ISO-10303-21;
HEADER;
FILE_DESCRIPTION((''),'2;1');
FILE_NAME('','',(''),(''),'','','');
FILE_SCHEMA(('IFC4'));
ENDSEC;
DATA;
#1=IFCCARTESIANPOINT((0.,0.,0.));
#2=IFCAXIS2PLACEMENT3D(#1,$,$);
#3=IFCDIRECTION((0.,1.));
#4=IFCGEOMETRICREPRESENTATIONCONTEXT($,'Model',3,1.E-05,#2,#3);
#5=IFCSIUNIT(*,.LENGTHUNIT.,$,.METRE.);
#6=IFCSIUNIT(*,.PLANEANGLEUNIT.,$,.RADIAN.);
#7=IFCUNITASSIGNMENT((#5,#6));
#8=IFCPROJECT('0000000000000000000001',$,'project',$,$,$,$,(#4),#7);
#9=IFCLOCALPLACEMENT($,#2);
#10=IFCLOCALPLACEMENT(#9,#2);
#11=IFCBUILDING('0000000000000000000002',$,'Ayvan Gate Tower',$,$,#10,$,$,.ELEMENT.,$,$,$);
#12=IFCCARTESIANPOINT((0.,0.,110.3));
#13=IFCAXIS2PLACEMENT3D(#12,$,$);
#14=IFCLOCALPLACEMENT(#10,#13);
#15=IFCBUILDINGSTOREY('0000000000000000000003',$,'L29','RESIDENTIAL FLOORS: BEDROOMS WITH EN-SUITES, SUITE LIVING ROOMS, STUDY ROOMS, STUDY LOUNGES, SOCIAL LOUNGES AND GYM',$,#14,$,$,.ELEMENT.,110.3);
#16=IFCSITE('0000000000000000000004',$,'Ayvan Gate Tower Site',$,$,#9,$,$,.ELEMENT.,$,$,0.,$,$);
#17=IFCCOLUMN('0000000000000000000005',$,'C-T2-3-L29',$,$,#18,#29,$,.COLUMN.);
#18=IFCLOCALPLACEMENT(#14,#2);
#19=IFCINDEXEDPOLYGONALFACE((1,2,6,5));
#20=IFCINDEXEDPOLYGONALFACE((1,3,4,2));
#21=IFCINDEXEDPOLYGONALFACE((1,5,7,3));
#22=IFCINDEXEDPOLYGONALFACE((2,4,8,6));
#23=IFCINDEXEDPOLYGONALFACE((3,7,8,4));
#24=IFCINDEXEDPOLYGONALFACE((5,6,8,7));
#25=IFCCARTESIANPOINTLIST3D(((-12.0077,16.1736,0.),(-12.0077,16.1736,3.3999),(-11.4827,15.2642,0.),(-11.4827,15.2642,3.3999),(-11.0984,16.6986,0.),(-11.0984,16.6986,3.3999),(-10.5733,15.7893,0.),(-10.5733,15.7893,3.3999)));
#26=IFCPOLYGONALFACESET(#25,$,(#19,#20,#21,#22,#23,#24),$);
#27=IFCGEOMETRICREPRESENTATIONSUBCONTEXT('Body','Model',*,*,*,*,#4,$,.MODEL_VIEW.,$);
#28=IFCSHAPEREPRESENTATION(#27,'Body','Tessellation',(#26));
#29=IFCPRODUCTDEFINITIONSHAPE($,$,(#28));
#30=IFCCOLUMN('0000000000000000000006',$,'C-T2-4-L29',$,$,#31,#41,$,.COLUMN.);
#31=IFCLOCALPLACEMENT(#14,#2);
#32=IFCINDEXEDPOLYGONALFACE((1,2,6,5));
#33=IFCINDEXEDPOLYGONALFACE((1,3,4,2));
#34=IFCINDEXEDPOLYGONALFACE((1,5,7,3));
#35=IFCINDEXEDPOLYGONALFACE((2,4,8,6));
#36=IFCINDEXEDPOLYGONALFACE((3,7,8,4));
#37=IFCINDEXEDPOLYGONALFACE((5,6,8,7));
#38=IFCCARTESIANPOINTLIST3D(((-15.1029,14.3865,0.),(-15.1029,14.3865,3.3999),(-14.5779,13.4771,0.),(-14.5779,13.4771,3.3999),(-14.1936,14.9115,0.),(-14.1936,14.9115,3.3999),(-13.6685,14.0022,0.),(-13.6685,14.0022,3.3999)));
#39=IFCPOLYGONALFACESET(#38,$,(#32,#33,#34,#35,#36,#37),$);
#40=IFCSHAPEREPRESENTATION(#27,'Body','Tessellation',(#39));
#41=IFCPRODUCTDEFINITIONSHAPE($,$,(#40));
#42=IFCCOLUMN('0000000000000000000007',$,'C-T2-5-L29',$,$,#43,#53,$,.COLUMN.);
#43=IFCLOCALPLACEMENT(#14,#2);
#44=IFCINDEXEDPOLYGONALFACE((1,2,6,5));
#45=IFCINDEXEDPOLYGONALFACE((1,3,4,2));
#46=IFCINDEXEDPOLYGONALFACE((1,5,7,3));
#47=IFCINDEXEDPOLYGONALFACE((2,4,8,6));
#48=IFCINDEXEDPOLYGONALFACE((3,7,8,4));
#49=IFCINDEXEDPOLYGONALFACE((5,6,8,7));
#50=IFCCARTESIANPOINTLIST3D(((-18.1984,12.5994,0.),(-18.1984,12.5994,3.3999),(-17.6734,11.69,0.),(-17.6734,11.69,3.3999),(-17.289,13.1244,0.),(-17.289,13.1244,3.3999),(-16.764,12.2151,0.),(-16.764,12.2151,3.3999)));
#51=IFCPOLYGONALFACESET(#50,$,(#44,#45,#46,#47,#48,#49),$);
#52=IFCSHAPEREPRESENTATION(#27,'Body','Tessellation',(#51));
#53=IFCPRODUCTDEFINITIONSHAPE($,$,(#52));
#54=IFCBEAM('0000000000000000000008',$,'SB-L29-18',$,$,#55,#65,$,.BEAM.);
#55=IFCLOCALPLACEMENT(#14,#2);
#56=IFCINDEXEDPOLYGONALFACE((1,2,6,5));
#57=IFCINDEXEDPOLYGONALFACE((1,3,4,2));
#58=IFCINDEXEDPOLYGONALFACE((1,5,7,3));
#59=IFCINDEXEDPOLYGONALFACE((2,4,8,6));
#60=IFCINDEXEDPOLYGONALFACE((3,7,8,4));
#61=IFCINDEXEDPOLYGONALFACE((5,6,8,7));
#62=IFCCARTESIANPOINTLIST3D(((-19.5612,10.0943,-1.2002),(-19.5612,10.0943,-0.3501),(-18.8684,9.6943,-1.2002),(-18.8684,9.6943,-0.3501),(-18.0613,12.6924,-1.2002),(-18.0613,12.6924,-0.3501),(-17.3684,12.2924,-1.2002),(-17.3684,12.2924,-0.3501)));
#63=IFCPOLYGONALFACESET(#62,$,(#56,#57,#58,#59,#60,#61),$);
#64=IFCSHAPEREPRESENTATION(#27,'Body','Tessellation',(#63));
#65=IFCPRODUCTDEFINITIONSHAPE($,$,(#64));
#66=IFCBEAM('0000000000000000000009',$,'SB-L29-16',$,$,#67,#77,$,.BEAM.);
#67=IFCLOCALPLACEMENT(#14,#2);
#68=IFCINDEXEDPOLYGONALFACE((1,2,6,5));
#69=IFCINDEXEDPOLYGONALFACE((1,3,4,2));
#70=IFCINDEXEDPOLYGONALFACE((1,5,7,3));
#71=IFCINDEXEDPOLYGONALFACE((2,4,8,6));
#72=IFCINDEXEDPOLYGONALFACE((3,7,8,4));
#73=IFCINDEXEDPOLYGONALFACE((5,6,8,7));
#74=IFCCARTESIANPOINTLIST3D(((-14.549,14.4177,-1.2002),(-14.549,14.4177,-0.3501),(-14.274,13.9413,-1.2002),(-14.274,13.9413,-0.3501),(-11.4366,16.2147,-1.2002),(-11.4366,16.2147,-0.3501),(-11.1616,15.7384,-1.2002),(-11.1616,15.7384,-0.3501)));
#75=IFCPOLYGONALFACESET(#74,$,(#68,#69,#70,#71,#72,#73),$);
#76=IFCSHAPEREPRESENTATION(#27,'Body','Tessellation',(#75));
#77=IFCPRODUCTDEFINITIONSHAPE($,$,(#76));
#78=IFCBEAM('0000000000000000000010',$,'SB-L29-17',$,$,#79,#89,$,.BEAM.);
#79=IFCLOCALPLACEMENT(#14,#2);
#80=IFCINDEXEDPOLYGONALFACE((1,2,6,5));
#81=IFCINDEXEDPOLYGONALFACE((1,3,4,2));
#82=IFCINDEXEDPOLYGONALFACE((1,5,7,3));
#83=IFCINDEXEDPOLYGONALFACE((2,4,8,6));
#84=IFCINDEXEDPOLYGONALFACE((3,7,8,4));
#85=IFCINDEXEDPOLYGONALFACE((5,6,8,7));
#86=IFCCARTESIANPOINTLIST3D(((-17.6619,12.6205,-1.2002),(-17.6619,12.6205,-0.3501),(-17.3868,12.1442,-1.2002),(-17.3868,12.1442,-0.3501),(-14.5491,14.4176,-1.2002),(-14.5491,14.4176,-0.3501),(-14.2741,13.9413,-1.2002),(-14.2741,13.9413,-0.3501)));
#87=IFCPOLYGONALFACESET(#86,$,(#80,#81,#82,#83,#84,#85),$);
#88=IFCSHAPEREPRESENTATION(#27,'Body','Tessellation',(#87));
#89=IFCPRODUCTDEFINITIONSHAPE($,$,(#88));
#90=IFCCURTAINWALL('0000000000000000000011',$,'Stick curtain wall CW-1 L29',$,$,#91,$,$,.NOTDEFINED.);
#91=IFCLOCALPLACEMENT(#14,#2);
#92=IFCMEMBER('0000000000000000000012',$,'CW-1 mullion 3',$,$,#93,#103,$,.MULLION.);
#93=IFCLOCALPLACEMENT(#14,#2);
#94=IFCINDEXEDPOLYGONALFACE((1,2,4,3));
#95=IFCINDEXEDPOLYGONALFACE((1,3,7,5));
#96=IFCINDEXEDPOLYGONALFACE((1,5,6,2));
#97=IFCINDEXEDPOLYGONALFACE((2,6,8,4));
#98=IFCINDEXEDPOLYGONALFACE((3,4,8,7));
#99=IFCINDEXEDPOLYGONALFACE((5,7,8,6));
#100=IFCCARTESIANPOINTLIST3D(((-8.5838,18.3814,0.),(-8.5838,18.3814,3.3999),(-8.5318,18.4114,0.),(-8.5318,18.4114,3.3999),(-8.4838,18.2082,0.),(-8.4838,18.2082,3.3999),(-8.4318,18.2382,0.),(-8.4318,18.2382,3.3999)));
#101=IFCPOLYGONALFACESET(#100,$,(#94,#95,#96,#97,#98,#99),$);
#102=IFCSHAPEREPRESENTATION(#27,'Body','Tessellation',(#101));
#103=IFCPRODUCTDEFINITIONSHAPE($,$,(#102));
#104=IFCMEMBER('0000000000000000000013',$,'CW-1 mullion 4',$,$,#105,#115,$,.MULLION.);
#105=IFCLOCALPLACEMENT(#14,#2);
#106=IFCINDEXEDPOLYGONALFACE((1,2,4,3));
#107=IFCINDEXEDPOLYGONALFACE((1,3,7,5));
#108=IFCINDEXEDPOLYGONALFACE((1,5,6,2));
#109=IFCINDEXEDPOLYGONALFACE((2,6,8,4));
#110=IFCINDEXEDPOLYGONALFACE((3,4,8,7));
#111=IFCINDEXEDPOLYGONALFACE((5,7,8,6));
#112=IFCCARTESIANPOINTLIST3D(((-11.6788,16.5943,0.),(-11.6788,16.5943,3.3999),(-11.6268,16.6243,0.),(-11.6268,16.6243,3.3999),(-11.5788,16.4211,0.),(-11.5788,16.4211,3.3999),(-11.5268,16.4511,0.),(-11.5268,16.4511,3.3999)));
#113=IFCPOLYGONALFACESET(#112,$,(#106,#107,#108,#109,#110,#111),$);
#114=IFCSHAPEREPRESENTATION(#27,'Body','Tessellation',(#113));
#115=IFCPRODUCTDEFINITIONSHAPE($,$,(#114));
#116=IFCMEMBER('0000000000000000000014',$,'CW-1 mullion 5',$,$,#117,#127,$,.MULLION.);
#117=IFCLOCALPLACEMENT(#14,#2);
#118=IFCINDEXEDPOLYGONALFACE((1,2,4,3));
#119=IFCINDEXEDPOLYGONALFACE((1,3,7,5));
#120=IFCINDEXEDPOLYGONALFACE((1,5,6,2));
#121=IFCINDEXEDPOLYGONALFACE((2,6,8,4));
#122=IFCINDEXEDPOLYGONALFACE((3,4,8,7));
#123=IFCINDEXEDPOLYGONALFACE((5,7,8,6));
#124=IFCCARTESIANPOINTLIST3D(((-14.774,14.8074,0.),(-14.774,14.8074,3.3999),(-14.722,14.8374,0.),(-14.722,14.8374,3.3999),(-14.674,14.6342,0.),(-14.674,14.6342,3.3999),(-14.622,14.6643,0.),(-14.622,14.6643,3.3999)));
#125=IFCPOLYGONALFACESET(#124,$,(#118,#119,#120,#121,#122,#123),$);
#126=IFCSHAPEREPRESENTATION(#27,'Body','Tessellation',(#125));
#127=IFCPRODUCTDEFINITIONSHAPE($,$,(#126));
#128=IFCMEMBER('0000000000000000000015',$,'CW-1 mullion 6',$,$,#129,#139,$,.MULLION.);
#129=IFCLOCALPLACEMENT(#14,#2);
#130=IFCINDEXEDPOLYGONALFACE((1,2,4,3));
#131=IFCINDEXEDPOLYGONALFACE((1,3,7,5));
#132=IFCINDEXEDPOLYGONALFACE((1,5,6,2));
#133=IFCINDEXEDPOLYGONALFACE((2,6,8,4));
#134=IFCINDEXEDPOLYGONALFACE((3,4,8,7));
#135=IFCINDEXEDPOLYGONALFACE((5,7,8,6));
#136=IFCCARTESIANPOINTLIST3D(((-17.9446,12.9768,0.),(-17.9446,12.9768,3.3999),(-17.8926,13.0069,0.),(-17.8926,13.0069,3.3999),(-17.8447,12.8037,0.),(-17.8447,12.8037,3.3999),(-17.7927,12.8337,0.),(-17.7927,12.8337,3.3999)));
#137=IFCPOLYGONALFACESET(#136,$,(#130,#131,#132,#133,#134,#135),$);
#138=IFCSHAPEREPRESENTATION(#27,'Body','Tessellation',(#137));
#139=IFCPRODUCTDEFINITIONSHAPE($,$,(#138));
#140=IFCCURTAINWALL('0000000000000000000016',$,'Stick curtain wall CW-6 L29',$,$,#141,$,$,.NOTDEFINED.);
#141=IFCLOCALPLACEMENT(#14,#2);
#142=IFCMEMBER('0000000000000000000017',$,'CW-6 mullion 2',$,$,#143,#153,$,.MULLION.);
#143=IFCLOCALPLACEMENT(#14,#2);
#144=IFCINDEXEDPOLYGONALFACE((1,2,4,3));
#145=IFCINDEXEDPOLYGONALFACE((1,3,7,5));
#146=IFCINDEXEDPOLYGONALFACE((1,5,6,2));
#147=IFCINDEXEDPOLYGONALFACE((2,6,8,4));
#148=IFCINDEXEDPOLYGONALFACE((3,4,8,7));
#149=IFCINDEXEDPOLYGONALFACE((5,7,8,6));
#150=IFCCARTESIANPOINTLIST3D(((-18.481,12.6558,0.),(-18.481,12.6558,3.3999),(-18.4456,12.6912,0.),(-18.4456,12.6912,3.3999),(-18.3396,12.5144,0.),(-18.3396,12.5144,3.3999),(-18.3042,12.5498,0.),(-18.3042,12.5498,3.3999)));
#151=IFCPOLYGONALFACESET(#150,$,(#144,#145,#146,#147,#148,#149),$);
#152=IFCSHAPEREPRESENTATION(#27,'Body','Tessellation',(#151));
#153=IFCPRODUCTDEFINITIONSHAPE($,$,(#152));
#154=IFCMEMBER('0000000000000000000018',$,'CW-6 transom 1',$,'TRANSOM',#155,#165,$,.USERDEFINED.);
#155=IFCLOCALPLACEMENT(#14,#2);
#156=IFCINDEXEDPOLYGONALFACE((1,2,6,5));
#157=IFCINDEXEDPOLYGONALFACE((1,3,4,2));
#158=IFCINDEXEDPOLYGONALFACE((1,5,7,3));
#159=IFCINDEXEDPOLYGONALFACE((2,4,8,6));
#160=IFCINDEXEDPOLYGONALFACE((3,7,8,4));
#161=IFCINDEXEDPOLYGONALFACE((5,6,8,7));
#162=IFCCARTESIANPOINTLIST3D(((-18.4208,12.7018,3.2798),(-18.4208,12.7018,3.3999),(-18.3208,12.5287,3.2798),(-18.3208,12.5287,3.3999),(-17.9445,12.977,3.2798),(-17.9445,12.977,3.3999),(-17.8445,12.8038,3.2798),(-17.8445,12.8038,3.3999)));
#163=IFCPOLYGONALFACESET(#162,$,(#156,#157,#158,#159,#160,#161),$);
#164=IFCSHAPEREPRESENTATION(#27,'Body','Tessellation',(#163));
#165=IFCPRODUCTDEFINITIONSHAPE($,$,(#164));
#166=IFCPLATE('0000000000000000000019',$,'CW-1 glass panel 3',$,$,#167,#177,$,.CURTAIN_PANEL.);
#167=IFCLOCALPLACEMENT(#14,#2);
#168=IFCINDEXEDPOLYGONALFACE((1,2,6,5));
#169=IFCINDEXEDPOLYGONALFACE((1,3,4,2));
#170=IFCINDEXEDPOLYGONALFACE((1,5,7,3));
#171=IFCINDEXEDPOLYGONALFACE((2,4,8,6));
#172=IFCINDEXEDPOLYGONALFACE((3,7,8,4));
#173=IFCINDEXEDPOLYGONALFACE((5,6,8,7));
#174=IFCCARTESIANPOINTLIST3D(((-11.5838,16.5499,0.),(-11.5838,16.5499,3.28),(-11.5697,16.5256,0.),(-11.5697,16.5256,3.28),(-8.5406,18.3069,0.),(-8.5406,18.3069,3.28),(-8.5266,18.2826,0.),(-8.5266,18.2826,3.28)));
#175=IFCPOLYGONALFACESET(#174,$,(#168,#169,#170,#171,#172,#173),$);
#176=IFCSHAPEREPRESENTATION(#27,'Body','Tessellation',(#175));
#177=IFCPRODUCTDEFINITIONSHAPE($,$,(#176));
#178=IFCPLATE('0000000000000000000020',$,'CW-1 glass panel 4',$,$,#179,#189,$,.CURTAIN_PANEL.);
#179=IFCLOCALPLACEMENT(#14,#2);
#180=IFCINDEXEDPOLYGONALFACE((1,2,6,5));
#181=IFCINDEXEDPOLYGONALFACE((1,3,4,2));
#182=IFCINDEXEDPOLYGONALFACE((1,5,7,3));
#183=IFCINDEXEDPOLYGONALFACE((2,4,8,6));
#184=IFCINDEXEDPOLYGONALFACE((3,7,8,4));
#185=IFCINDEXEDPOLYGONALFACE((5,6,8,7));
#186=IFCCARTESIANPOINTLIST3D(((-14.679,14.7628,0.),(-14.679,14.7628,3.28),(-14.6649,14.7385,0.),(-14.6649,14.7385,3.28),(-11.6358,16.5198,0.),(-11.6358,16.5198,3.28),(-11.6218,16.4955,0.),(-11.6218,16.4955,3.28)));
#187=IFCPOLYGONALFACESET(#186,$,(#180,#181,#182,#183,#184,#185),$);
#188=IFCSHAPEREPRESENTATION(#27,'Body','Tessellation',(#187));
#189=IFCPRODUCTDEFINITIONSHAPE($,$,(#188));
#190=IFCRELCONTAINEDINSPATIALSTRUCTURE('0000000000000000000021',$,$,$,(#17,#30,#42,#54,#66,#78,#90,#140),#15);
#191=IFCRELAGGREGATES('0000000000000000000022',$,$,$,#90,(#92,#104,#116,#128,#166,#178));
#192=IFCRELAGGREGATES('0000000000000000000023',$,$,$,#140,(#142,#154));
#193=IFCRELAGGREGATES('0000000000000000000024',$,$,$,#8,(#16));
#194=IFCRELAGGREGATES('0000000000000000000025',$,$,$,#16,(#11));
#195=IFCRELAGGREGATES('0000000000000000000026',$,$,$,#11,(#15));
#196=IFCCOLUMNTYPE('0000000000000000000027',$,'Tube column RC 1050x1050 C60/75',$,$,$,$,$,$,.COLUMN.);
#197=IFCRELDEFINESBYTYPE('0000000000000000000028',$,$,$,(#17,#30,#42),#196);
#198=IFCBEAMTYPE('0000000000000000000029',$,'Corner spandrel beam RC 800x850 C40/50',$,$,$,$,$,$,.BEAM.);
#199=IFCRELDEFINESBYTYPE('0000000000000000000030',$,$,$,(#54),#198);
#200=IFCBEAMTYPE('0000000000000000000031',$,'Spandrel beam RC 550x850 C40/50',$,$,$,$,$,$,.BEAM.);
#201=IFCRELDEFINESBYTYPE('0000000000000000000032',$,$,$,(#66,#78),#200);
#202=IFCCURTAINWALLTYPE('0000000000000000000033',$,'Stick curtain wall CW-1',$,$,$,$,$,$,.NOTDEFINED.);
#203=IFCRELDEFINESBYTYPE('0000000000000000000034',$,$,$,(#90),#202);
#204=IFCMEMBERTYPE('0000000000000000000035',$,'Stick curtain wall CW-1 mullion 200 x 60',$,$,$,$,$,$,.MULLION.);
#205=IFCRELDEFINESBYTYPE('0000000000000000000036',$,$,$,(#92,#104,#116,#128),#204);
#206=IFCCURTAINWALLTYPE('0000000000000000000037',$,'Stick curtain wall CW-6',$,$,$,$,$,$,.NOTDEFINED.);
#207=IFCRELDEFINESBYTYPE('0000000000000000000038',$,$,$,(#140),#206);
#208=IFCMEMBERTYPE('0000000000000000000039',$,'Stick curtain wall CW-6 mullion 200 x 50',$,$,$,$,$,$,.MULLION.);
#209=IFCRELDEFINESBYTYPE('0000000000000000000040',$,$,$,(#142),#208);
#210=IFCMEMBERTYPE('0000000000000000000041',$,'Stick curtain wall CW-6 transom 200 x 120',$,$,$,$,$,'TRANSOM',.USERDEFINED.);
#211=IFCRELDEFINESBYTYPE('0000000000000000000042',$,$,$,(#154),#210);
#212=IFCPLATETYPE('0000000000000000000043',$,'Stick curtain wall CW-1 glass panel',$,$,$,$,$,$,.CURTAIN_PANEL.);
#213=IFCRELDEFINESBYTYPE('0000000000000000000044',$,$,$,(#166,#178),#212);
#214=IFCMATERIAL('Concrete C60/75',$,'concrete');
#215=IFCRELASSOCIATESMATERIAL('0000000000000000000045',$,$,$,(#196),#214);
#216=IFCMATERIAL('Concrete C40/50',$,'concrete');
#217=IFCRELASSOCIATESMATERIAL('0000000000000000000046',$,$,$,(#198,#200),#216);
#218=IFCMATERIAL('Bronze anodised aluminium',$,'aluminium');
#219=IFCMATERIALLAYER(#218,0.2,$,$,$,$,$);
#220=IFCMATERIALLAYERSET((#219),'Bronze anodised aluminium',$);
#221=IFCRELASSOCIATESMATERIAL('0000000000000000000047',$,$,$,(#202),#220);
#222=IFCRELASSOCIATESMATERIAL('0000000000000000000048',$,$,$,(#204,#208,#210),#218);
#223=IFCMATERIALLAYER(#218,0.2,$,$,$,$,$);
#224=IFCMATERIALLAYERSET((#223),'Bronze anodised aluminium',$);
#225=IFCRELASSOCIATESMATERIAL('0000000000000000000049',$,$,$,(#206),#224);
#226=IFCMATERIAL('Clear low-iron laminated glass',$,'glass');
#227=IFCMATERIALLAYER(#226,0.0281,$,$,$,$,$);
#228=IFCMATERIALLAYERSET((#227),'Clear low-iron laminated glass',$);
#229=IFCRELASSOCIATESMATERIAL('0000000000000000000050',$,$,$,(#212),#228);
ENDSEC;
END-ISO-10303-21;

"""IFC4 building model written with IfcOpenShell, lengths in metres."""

from ifc_helpers import new_model, si_unit, direction, frame, origin, origin_2d, place, context, subcontext, project, spatial, rectangle, extrude, material, layer, layer_set, material_profile, profile_set, type_object, element, aggregate, save


model = new_model("IFC4")

# Units and contexts
model_context = context("Model", 3, precision=1e-05, world=origin(), true_north=direction((0.0, 1.0)))
body_context = subcontext(model_context, "Body", "Model", "MODEL_VIEW")
ifc_project = project(units=[si_unit("LENGTHUNIT", "METRE"), si_unit("PLANEANGLEUNIT", "RADIAN")], contexts=[model_context])

# Site, building, storey
site_placement = place(None, origin())
site = spatial("IfcSite", under=ifc_project, at=site_placement, Name="Ayvan Gate Tower Site", CompositionType="ELEMENT", RefElevation=0.0)
building_placement = place(site_placement, origin())
building = spatial("IfcBuilding", under=site, at=building_placement, Name="Ayvan Gate Tower", CompositionType="ELEMENT")
storey_placement = place(building_placement, frame((0.0, 0.0, 110.3)))
storey = spatial("IfcBuildingStorey", under=building, at=storey_placement, Name="L29", Description="RESIDENTIAL FLOORS: BEDROOMS WITH EN-SUITES, SUITE LIVING ROOMS, STUDY ROOMS, STUDY LOUNGES, SOCIAL LOUNGES AND GYM", CompositionType="ELEMENT", Elevation=110.3)

# Columns
ifc_material_1 = material(Name="Concrete C60/75", Category="concrete")
ifc_material_profile_1 = material_profile(ifc_material_1, rectangle(XDim=1.05, YDim=1.05, at=origin_2d()), Name="RC 1050x1050")
ifc_profile_set_1 = profile_set([ifc_material_profile_1], Name="Concrete C60/75")
column_type = type_object("IfcColumnType", Name="Tube column RC 1050x1050 C60/75", PredefinedType="COLUMN", material=ifc_profile_set_1)
for number, where, z_axis, x_axis, name in (
    (1, (-11.2905, 15.9814, 0.0), (0.0, 0.0, 1.0), (-0.5, 0.866025, 0.0), "C-T2-3-L29"),
    (2, (-14.3857, 14.1943, 0.0), (0.0, 0.0, 1.0), (-0.5, 0.866025, 0.0), "C-T2-4-L29"),
    (3, (-17.4812, 12.4072, 0.0), (0.0, 0.0, 1.0), (-0.5, 0.866025, 0.0), "C-T2-5-L29"),
):
    element("IfcColumn", number, at=place(storey_placement, frame(where, z_axis=z_axis, x_axis=x_axis)), inside=storey, type_object=column_type, Name=name, PredefinedType="COLUMN", context=body_context, shape_type="SweptSolid", body=[
        extrude(rectangle(XDim=1.05, YDim=1.05, at=origin_2d()), origin(), (0.0, 0.0, 1.0), 3.3999),
    ])

# Beams
ifc_material_2 = material(Name="Concrete C40/50", Category="concrete")
ifc_material_profile_2 = material_profile(ifc_material_2, rectangle(XDim=0.8, YDim=0.8501, at=origin_2d()), Name="RC 800x850")
ifc_profile_set_2 = profile_set([ifc_material_profile_2], Name="Concrete C40/50")
beam_type_1 = type_object("IfcBeamType", Name="Corner spandrel beam RC 800x850 C40/50", PredefinedType="BEAM", material=ifc_profile_set_2)
beam_1_placement = place(storey_placement, frame((-17.7148, 12.4924, -0.7751), z_axis=(-0.49999, -0.866031, 0.0), x_axis=(0.866031, -0.49999, 0.0)))
element("IfcBeam", 4, at=beam_1_placement, inside=storey, type_object=beam_type_1, Name="SB-L29-18", PredefinedType="BEAM", context=body_context, shape_type="SweptSolid", body=[
    extrude(rectangle(XDim=0.8, YDim=0.8501, at=origin_2d()), origin(), (0.0, 0.0, 1.0), 3.0),
])
ifc_material_profile_3 = material_profile(ifc_material_2, rectangle(XDim=0.55, YDim=0.8501, at=origin_2d()), Name="RC 550x850")
ifc_profile_set_3 = profile_set([ifc_material_profile_3], Name="Concrete C40/50")
beam_type_2 = type_object("IfcBeamType", Name="Spandrel beam RC 550x850 C40/50", PredefinedType="BEAM", material=ifc_profile_set_3)
beam_2_placement = place(storey_placement, frame((-11.2991, 15.9766, -0.7751), z_axis=(-0.866015, -0.500018, 0.0), x_axis=(0.500018, -0.866015, 0.0)))
element("IfcBeam", 5, at=beam_2_placement, inside=storey, type_object=beam_type_2, Name="SB-L29-16", PredefinedType="BEAM", context=body_context, shape_type="SweptSolid", body=[
    extrude(rectangle(XDim=0.55, YDim=0.8501, at=origin_2d()), origin(), (0.0, 0.0, 1.0), 3.594),
])
beam_3_placement = place(storey_placement, frame((-14.4116, 14.1794, -0.7751), z_axis=(-0.866032, -0.499989, 0.0), x_axis=(0.499989, -0.866032, 0.0)))
element("IfcBeam", 6, at=beam_3_placement, inside=storey, type_object=beam_type_2, Name="SB-L29-17", PredefinedType="BEAM", context=body_context, shape_type="SweptSolid", body=[
    extrude(rectangle(XDim=0.55, YDim=0.8501, at=origin_2d()), origin(), (0.0, 0.0, 1.0), 3.5942),
])

# Curtain walls, members
ifc_material_3 = material(Name="Bronze anodised aluminium", Category="aluminium")
ifc_layer_1 = layer(ifc_material_3, 0.2)
ifc_layer_set_1 = layer_set([ifc_layer_1], Name="Bronze anodised aluminium")
curtain_wall_type_1 = type_object("IfcCurtainWallType", Name="Stick curtain wall CW-1", PredefinedType="NOTDEFINED", material=ifc_layer_set_1)
curtain_wall_1_placement = place(storey_placement, origin())
curtain_wall_1 = element("IfcCurtainWall", 7, at=curtain_wall_1_placement, inside=storey, type_object=curtain_wall_type_1, Name="Stick curtain wall CW-1 L29", PredefinedType="NOTDEFINED")
ifc_material_profile_4 = material_profile(ifc_material_3, rectangle(XDim=0.2, YDim=0.0601, at=origin_2d()), Name="Stick curtain wall CW-1 mullion 200 x 60")
ifc_profile_set_4 = profile_set([ifc_material_profile_4], Name="Bronze anodised aluminium")
member_type_1 = type_object("IfcMemberType", Name="Stick curtain wall CW-1 mullion 200 x 60", PredefinedType="MULLION", material=ifc_profile_set_4)
member_1_placement = place(storey_placement, frame((-8.5078, 18.3098, 0.0), z_axis=(0.0, 0.0, 1.0), x_axis=(-0.5, 0.866025, 0.0)))
member_1 = element("IfcMember", 8, at=member_1_placement, type_object=member_type_1, Name="CW-1 mullion 3", PredefinedType="MULLION", context=body_context, shape_type="SweptSolid", body=[
    extrude(rectangle(XDim=0.2, YDim=0.0601, at=origin_2d()), origin(), (0.0, 0.0, 1.0), 3.3999),
])
member_2_placement = place(storey_placement, frame((-11.6028, 16.5227, 0.0), z_axis=(0.0, 0.0, 1.0), x_axis=(-0.5, 0.866025, 0.0)))
member_2 = element("IfcMember", 9, at=member_2_placement, type_object=member_type_1, Name="CW-1 mullion 4", PredefinedType="MULLION", context=body_context, shape_type="SweptSolid", body=[
    extrude(rectangle(XDim=0.2, YDim=0.0601, at=origin_2d()), origin(), (0.0, 0.0, 1.0), 3.3999),
])
member_3_placement = place(storey_placement, frame((-14.698, 14.7358, 0.0), z_axis=(0.0, 0.0, 1.0), x_axis=(-0.5, 0.866025, 0.0)))
member_3 = element("IfcMember", 10, at=member_3_placement, type_object=member_type_1, Name="CW-1 mullion 5", PredefinedType="MULLION", context=body_context, shape_type="SweptSolid", body=[
    extrude(rectangle(XDim=0.2, YDim=0.0601, at=origin_2d()), origin(), (0.0, 0.0, 1.0), 3.3999),
])
member_4_placement = place(storey_placement, frame((-17.8687, 12.9053, 0.0), z_axis=(0.0, 0.0, 1.0), x_axis=(-0.5, 0.866025, 0.0)))
member_4 = element("IfcMember", 11, at=member_4_placement, type_object=member_type_1, Name="CW-1 mullion 6", PredefinedType="MULLION", context=body_context, shape_type="SweptSolid", body=[
    extrude(rectangle(XDim=0.2, YDim=0.0601, at=origin_2d()), origin(), (0.0, 0.0, 1.0), 3.3999),
])
ifc_layer_2 = layer(ifc_material_3, 0.2)
ifc_layer_set_2 = layer_set([ifc_layer_2], Name="Bronze anodised aluminium")
curtain_wall_type_2 = type_object("IfcCurtainWallType", Name="Stick curtain wall CW-6", PredefinedType="NOTDEFINED", material=ifc_layer_set_2)
curtain_wall_2_placement = place(storey_placement, origin())
curtain_wall_2 = element("IfcCurtainWall", 12, at=curtain_wall_2_placement, inside=storey, type_object=curtain_wall_type_2, Name="Stick curtain wall CW-6 L29", PredefinedType="NOTDEFINED")
ifc_material_profile_5 = material_profile(ifc_material_3, rectangle(XDim=0.2, YDim=0.05, at=origin_2d()), Name="Stick curtain wall CW-6 mullion 200 x 50")
ifc_profile_set_5 = profile_set([ifc_material_profile_5], Name="Bronze anodised aluminium")
member_type_2 = type_object("IfcMemberType", Name="Stick curtain wall CW-6 mullion 200 x 50", PredefinedType="MULLION", material=ifc_profile_set_5)
member_5_placement = place(storey_placement, frame((-18.3926, 12.6028, 0.0), z_axis=(0.0, 0.0, 1.0), x_axis=(-0.707107, 0.707107, 0.0)))
member_5 = element("IfcMember", 13, at=member_5_placement, type_object=member_type_2, Name="CW-6 mullion 2", PredefinedType="MULLION", context=body_context, shape_type="SweptSolid", body=[
    extrude(rectangle(XDim=0.2, YDim=0.05, at=origin_2d()), origin(), (0.0, 0.0, 1.0), 3.3999),
])
ifc_material_profile_6 = material_profile(ifc_material_3, rectangle(XDim=0.2, YDim=0.1201, at=origin_2d()), Name="Stick curtain wall CW-6 transom 200 x 120")
ifc_profile_set_6 = profile_set([ifc_material_profile_6], Name="Bronze anodised aluminium")
member_type_3 = type_object("IfcMemberType", Name="Stick curtain wall CW-6 transom 200 x 120", ElementType="TRANSOM", PredefinedType="USERDEFINED", material=ifc_profile_set_6)
member_6_placement = place(storey_placement, frame((-17.8945, 12.8904, 3.3398), z_axis=(-0.865912, -0.500196, 0.0), x_axis=(0.500196, -0.865912, 0.0)))
member_6 = element("IfcMember", 14, at=member_6_placement, type_object=member_type_3, Name="CW-6 transom 1", ObjectType="TRANSOM", PredefinedType="USERDEFINED", context=body_context, shape_type="SweptSolid", body=[
    extrude(rectangle(XDim=0.2, YDim=0.1201, at=origin_2d()), origin(), (0.0, 0.0, 1.0), 0.55),
])

# Plates
ifc_material_4 = material(Name="Clear low-iron laminated glass", Category="glass")
ifc_layer_3 = layer(ifc_material_4, 0.0281)
ifc_layer_set_3 = layer_set([ifc_layer_3], Name="Clear low-iron laminated glass")
plate_type_1 = type_object("IfcPlateType", Name="Stick curtain wall CW-1 glass panel", PredefinedType="CURTAIN_PANEL", material=ifc_layer_set_3)
plate_1_placement = place(storey_placement, frame((-10.0552, 17.4163, 0.0), z_axis=(0.0, 0.0, 1.0), x_axis=(-0.866025, -0.5, 0.0)))
plate_1 = element("IfcPlate", 15, at=plate_1_placement, type_object=plate_type_1, Name="CW-1 glass panel 3", PredefinedType="CURTAIN_PANEL", context=body_context, shape_type="SweptSolid", body=[
    extrude(rectangle(XDim=3.5139, YDim=0.0281, at=origin_2d()), origin(), (0.0, 0.0, 1.0), 3.28),
])
plate_2_placement = place(storey_placement, frame((-13.1504, 15.6292, 0.0), z_axis=(0.0, 0.0, 1.0), x_axis=(-0.866025, -0.5, 0.0)))
plate_2 = element("IfcPlate", 16, at=plate_2_placement, type_object=plate_type_1, Name="CW-1 glass panel 4", PredefinedType="CURTAIN_PANEL", context=body_context, shape_type="SweptSolid", body=[
    extrude(rectangle(XDim=3.5139, YDim=0.0281, at=origin_2d()), origin(), (0.0, 0.0, 1.0), 3.28),
])
aggregate(curtain_wall_1, [member_1, member_2, member_3, member_4, plate_1, plate_2])
aggregate(curtain_wall_2, [member_5, member_6])

save(model, "model.ifc")
